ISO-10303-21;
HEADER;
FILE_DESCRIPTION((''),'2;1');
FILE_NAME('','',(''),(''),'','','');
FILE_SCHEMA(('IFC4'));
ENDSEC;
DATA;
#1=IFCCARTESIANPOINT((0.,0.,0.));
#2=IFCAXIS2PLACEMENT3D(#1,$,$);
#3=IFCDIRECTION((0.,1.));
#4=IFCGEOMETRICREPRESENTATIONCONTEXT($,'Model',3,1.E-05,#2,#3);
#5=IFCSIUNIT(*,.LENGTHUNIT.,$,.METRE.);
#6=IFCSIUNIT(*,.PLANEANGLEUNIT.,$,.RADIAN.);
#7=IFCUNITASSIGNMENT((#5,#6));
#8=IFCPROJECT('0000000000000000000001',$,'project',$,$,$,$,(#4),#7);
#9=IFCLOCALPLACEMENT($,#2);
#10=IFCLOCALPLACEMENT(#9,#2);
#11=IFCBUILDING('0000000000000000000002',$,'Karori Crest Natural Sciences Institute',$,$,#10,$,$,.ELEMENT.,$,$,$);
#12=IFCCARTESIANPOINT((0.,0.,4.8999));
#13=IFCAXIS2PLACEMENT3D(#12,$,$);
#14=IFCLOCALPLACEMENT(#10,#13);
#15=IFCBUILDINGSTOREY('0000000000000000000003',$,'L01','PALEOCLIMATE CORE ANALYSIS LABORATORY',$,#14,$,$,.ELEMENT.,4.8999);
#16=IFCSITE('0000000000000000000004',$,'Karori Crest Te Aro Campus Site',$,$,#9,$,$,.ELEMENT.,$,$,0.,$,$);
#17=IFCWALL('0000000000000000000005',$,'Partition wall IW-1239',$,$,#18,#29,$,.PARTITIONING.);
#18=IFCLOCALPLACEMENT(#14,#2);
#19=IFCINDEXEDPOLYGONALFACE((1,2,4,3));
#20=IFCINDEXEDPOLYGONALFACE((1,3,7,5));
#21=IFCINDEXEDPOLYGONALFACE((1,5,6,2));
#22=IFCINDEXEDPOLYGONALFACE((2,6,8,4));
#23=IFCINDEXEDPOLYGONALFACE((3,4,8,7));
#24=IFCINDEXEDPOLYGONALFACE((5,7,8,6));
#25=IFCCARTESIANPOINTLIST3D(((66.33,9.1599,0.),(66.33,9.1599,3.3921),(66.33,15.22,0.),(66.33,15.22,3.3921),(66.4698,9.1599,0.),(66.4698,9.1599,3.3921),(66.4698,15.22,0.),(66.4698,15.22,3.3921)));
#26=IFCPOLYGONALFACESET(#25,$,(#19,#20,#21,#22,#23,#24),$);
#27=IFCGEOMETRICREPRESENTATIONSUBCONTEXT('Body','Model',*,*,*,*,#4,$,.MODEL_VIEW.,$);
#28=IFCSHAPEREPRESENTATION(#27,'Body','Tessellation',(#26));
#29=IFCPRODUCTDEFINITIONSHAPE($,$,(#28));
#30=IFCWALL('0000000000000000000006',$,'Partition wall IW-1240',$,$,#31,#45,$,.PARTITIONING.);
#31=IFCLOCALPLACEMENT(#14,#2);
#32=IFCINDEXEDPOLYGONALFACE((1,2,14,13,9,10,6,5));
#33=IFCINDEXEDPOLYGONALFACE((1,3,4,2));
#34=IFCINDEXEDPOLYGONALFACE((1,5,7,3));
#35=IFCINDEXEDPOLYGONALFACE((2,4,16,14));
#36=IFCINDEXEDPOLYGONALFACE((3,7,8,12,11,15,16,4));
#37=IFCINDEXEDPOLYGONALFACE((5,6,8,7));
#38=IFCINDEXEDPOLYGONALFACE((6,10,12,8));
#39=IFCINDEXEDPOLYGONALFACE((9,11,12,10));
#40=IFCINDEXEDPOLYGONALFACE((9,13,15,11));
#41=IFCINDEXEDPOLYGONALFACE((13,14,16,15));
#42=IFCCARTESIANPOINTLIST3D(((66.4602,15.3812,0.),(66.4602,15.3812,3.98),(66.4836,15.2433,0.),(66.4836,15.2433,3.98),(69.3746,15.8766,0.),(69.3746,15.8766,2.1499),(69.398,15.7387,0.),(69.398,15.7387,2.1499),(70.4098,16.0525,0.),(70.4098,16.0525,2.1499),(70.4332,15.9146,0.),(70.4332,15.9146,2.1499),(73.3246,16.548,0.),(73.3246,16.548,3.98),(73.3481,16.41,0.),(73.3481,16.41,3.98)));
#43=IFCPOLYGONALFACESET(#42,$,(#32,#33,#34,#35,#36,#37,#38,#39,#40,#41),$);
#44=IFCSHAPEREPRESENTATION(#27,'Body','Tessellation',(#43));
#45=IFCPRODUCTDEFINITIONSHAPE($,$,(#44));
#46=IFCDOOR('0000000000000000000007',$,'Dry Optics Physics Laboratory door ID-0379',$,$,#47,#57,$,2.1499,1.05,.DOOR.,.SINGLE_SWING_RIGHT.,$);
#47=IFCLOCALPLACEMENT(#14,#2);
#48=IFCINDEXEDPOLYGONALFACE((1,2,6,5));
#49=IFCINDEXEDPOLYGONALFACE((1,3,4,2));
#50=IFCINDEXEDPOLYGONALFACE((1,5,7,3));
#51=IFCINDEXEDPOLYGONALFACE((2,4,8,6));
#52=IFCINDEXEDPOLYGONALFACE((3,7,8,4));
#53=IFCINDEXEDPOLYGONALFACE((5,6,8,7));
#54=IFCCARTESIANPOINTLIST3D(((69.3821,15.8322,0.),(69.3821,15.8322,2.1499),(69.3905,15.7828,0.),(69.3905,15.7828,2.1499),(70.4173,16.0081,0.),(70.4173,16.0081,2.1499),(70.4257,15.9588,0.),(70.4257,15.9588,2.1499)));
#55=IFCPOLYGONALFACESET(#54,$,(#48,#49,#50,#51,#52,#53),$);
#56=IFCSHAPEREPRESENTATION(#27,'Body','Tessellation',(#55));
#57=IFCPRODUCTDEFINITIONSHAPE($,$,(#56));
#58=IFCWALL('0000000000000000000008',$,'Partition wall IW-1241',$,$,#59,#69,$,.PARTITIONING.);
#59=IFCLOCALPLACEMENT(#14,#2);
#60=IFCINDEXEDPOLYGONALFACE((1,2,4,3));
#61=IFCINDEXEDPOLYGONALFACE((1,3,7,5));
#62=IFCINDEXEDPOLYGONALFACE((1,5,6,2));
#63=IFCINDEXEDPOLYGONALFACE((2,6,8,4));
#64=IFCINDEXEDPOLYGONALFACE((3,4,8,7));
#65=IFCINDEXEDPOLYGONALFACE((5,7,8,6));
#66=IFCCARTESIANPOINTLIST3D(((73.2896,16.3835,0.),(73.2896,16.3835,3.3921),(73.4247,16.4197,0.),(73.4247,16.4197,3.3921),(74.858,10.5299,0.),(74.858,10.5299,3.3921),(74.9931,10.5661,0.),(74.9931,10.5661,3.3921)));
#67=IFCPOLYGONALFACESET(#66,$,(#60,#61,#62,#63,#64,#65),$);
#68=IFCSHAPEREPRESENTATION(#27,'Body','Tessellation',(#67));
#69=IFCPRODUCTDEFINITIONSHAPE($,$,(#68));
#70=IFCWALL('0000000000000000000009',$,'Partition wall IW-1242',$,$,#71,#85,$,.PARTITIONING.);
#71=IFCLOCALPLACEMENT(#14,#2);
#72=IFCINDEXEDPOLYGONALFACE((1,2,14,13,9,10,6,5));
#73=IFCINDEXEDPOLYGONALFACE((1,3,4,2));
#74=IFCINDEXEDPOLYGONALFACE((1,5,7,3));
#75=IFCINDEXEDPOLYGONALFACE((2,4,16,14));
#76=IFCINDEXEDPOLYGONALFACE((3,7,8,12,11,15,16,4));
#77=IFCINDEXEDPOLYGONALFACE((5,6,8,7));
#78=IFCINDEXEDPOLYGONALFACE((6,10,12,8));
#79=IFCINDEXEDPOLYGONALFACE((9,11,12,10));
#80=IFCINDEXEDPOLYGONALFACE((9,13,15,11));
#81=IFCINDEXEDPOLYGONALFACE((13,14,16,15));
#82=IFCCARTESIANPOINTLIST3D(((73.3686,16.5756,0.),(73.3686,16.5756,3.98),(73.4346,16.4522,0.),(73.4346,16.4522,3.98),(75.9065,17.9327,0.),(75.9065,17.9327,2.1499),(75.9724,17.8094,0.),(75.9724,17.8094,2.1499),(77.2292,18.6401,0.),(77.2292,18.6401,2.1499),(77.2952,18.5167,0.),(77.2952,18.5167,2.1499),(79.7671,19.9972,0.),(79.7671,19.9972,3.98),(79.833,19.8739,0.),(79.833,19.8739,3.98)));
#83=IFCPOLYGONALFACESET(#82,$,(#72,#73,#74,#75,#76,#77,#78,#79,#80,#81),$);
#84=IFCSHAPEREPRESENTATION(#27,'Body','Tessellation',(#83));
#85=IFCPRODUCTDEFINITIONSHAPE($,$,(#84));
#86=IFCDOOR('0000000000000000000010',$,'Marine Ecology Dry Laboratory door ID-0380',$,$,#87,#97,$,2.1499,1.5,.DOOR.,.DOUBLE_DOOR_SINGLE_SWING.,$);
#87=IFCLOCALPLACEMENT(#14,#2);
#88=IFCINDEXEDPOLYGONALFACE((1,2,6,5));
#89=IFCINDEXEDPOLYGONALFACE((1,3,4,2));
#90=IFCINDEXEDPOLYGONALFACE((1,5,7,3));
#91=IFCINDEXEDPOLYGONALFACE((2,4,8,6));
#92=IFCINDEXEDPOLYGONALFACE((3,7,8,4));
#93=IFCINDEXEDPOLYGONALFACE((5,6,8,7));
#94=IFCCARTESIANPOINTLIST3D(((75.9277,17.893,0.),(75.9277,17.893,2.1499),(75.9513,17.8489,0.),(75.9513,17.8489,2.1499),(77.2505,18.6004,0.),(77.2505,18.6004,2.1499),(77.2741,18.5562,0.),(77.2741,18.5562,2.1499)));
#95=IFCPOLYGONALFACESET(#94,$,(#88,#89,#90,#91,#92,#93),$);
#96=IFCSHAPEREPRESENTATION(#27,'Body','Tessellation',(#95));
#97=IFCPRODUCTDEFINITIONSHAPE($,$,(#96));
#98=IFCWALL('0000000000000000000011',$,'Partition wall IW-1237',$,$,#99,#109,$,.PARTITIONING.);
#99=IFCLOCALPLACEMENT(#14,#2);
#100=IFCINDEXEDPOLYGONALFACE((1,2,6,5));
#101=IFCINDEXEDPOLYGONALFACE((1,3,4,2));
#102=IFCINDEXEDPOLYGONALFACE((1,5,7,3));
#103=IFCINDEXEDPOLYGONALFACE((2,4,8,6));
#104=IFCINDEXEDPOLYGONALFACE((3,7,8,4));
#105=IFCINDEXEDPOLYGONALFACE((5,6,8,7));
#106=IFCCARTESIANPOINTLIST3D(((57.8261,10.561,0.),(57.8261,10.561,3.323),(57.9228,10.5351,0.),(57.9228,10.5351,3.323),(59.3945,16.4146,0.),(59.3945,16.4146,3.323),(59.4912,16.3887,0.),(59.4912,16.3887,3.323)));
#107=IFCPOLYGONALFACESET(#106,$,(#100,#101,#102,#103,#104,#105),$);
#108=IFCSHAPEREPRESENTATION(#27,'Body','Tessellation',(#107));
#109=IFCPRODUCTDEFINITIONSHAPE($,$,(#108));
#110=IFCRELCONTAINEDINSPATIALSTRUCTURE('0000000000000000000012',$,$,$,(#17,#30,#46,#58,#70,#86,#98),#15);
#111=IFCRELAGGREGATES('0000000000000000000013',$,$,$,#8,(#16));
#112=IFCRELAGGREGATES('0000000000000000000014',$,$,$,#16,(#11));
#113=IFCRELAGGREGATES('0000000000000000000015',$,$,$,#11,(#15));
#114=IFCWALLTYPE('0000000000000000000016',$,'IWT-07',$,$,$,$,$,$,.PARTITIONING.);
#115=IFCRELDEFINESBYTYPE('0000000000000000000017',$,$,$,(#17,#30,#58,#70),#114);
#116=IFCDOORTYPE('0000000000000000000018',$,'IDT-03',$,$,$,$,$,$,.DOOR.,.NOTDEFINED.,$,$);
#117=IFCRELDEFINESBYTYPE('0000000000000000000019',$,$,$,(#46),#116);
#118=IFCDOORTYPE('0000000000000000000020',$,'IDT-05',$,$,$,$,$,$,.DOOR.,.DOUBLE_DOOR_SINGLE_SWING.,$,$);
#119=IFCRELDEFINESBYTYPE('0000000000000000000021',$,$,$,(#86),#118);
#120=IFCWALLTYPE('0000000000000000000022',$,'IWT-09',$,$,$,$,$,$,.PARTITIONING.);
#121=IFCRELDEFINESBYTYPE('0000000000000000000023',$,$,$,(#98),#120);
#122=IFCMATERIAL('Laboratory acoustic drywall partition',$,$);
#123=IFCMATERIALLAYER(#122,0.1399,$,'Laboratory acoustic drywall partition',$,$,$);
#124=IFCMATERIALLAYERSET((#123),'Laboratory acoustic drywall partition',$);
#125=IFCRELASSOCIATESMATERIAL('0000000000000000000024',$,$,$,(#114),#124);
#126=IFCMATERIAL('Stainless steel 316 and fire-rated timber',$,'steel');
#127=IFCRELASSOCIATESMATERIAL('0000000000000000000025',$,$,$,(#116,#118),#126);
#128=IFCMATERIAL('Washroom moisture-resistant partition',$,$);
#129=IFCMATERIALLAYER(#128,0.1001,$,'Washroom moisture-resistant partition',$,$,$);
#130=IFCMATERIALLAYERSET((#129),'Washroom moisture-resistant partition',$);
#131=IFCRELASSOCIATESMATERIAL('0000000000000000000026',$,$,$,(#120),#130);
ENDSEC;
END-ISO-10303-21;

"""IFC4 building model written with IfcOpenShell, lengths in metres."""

from ifc_helpers import new_model, si_unit, direction, frame, frame_2d, origin, place, context, subcontext, project, spatial, rectangle, extrude, material, layer, layer_set, type_object, element, fill, save


model = new_model("IFC4")

# Units and contexts
model_context = context("Model", 3, precision=1e-05, world=origin(), true_north=direction((0.0, 1.0)))
body_context = subcontext(model_context, "Body", "Model", "MODEL_VIEW")
ifc_project = project(units=[si_unit("LENGTHUNIT", "METRE"), si_unit("PLANEANGLEUNIT", "RADIAN")], contexts=[model_context])

# Site, building, storey
site_placement = place(None, origin())
site = spatial("IfcSite", under=ifc_project, at=site_placement, Name="Karori Crest Te Aro Campus Site", CompositionType="ELEMENT", RefElevation=0.0)
building_placement = place(site_placement, origin())
building = spatial("IfcBuilding", under=site, at=building_placement, Name="Karori Crest Natural Sciences Institute", CompositionType="ELEMENT")
storey_placement = place(building_placement, frame((0.0, 0.0, 4.8999)))
storey = spatial("IfcBuildingStorey", under=building, at=storey_placement, Name="L01", Description="PALEOCLIMATE CORE ANALYSIS LABORATORY", CompositionType="ELEMENT", Elevation=4.8999)

# Shared definitions
ifc_material_1 = material(Name="Laboratory acoustic drywall partition")
ifc_layer_1 = layer(ifc_material_1, 0.1399, Name="Laboratory acoustic drywall partition")
ifc_layer_set_1 = layer_set([ifc_layer_1], Name="Laboratory acoustic drywall partition")
wall_type_1 = type_object("IfcWallType", Name="IWT-07", PredefinedType="PARTITIONING", material=ifc_layer_set_1)
ifc_material_2 = material(Name="Stainless steel 316 and fire-rated timber", Category="steel")
door_type_1 = type_object("IfcDoorType", Name="IDT-03", OperationType="NOTDEFINED", PredefinedType="DOOR", material=ifc_material_2)

# Wall
wall_1_placement = place(storey_placement, frame((66.3999, 15.22, 0.0), z_axis=(0.0, 0.0, 1.0), x_axis=(0.0, -1.0, 0.0)))
element("IfcWall", 1, at=wall_1_placement, inside=storey, type_object=wall_type_1, Name="Partition wall IW-1239", PredefinedType="PARTITIONING", context=body_context, shape_type="SweptSolid", body=[
    extrude(rectangle(XDim=6.0601, YDim=0.1399, at=frame_2d((3.03, 0.0))), origin(), (0.0, 0.0, 1.0), 3.3921),
])

# Wall, opening, door
wall_2_placement = place(storey_placement, frame((66.4719, 15.3123, 0.0), z_axis=(0.0, 0.0, 1.0), x_axis=(0.985861, 0.167565, 0.0)))
wall_2 = element("IfcWall", 2, at=wall_2_placement, inside=storey, type_object=wall_type_1, Name="Partition wall IW-1240", PredefinedType="PARTITIONING", context=body_context, shape_type="SweptSolid", body=[
    extrude(rectangle(XDim=6.9629, YDim=0.1399, at=frame_2d((3.4814, 0.0))), origin(), (0.0, 0.0, 1.0), 3.98),
])
opening_1_placement = place(wall_2_placement, frame((2.9563, 0.0, 0.0)))
opening_1 = element("IfcOpeningElement", 3, at=opening_1_placement, cuts=wall_2, PredefinedType="OPENING", context=body_context, shape_type="SweptSolid", body=[
    extrude(rectangle(XDim=1.05, YDim=2.1499, at=frame_2d((0.5249, 1.075))), frame((0.0, 0.0801, 0.0), z_axis=(0.0, -1.0, 0.0), x_axis=(1.0, 0.0, 0.0)), (0.0, 0.0, 1.0), 0.1599),
])
door_1_placement = place(opening_1_placement, origin())
door_1 = element("IfcDoor", 4, at=door_1_placement, inside=storey, type_object=door_type_1, Name="Dry Optics Physics Laboratory door ID-0379", OperationType="SINGLE_SWING_RIGHT", OverallHeight=2.1499, OverallWidth=1.05, PredefinedType="DOOR", context=body_context, shape_type="SweptSolid", body=[
    extrude(rectangle(XDim=1.05, YDim=2.1499, at=frame_2d((0.5249, 1.075))), frame((0.0, 0.0249, 0.0), z_axis=(0.0, -1.0, 0.0), x_axis=(1.0, 0.0, 0.0)), (0.0, 0.0, 1.0), 0.05),
])
fill(opening_1, door_1)

# Wall
wall_3_placement = place(storey_placement, frame((73.3572, 16.4016, 0.0), z_axis=(0.0, 0.0, 1.0), x_axis=(0.258806, -0.965929, 0.0)))
element("IfcWall", 5, at=wall_3_placement, inside=storey, type_object=wall_type_1, Name="Partition wall IW-1241", PredefinedType="PARTITIONING", context=body_context, shape_type="SweptSolid", body=[
    extrude(rectangle(XDim=6.0601, YDim=0.1399, at=frame_2d((3.03, 0.0))), origin(), (0.0, 0.0, 1.0), 3.3921),
])

# Wall, opening, door
wall_4_placement = place(storey_placement, frame((73.4016, 16.5139, 0.0), z_axis=(0.0, 0.0, 1.0), x_axis=(0.88183, 0.471568, 0.0)))
wall_4 = element("IfcWall", 6, at=wall_4_placement, inside=storey, type_object=wall_type_1, Name="Partition wall IW-1242", PredefinedType="PARTITIONING", context=body_context, shape_type="SweptSolid", body=[
    extrude(rectangle(XDim=7.2559, YDim=0.1399, at=frame_2d((3.6279, 0.0))), origin(), (0.0, 0.0, 1.0), 3.98),
])
opening_2_placement = place(wall_4_placement, frame((2.8779, 0.0, 0.0)))
opening_2 = element("IfcOpeningElement", 7, at=opening_2_placement, cuts=wall_4, PredefinedType="OPENING", context=body_context, shape_type="SweptSolid", body=[
    extrude(rectangle(XDim=1.5, YDim=2.1499, at=frame_2d((0.75, 1.075))), frame((0.0, 0.0801, 0.0), z_axis=(0.0, -1.0, 0.0), x_axis=(1.0, 0.0, 0.0)), (0.0, 0.0, 1.0), 0.1599),
])
door_type_2 = type_object("IfcDoorType", Name="IDT-05", OperationType="DOUBLE_DOOR_SINGLE_SWING", PredefinedType="DOOR", material=ifc_material_2)
door_2_placement = place(opening_2_placement, origin())
door_2 = element("IfcDoor", 8, at=door_2_placement, inside=storey, type_object=door_type_2, Name="Marine Ecology Dry Laboratory door ID-0380", OperationType="DOUBLE_DOOR_SINGLE_SWING", OverallHeight=2.1499, OverallWidth=1.5, PredefinedType="DOOR", context=body_context, shape_type="SweptSolid", body=[
    extrude(rectangle(XDim=1.5, YDim=2.1499, at=frame_2d((0.75, 1.075))), frame((0.0, 0.0249, 0.0), z_axis=(0.0, -1.0, 0.0), x_axis=(1.0, 0.0, 0.0)), (0.0, 0.0, 1.0), 0.05),
])
fill(opening_2, door_2)

# Wall
ifc_material_3 = material(Name="Washroom moisture-resistant partition")
ifc_layer_2 = layer(ifc_material_3, 0.1001, Name="Washroom moisture-resistant partition")
ifc_layer_set_2 = layer_set([ifc_layer_2], Name="Washroom moisture-resistant partition")
wall_type_2 = type_object("IfcWallType", Name="IWT-09", PredefinedType="PARTITIONING", material=ifc_layer_set_2)
wall_5_placement = place(storey_placement, frame((59.4429, 16.4016, 0.0), z_axis=(0.0, 0.0, 1.0), x_axis=(-0.258806, -0.965929, 0.0)))
element("IfcWall", 9, at=wall_5_placement, inside=storey, type_object=wall_type_2, Name="Partition wall IW-1237", PredefinedType="PARTITIONING", context=body_context, shape_type="SweptSolid", body=[
    extrude(rectangle(XDim=6.0601, YDim=0.1001, at=frame_2d((3.03, 0.0))), origin(), (0.0, 0.0, 1.0), 3.323),
])

save(model, "model.ifc")
